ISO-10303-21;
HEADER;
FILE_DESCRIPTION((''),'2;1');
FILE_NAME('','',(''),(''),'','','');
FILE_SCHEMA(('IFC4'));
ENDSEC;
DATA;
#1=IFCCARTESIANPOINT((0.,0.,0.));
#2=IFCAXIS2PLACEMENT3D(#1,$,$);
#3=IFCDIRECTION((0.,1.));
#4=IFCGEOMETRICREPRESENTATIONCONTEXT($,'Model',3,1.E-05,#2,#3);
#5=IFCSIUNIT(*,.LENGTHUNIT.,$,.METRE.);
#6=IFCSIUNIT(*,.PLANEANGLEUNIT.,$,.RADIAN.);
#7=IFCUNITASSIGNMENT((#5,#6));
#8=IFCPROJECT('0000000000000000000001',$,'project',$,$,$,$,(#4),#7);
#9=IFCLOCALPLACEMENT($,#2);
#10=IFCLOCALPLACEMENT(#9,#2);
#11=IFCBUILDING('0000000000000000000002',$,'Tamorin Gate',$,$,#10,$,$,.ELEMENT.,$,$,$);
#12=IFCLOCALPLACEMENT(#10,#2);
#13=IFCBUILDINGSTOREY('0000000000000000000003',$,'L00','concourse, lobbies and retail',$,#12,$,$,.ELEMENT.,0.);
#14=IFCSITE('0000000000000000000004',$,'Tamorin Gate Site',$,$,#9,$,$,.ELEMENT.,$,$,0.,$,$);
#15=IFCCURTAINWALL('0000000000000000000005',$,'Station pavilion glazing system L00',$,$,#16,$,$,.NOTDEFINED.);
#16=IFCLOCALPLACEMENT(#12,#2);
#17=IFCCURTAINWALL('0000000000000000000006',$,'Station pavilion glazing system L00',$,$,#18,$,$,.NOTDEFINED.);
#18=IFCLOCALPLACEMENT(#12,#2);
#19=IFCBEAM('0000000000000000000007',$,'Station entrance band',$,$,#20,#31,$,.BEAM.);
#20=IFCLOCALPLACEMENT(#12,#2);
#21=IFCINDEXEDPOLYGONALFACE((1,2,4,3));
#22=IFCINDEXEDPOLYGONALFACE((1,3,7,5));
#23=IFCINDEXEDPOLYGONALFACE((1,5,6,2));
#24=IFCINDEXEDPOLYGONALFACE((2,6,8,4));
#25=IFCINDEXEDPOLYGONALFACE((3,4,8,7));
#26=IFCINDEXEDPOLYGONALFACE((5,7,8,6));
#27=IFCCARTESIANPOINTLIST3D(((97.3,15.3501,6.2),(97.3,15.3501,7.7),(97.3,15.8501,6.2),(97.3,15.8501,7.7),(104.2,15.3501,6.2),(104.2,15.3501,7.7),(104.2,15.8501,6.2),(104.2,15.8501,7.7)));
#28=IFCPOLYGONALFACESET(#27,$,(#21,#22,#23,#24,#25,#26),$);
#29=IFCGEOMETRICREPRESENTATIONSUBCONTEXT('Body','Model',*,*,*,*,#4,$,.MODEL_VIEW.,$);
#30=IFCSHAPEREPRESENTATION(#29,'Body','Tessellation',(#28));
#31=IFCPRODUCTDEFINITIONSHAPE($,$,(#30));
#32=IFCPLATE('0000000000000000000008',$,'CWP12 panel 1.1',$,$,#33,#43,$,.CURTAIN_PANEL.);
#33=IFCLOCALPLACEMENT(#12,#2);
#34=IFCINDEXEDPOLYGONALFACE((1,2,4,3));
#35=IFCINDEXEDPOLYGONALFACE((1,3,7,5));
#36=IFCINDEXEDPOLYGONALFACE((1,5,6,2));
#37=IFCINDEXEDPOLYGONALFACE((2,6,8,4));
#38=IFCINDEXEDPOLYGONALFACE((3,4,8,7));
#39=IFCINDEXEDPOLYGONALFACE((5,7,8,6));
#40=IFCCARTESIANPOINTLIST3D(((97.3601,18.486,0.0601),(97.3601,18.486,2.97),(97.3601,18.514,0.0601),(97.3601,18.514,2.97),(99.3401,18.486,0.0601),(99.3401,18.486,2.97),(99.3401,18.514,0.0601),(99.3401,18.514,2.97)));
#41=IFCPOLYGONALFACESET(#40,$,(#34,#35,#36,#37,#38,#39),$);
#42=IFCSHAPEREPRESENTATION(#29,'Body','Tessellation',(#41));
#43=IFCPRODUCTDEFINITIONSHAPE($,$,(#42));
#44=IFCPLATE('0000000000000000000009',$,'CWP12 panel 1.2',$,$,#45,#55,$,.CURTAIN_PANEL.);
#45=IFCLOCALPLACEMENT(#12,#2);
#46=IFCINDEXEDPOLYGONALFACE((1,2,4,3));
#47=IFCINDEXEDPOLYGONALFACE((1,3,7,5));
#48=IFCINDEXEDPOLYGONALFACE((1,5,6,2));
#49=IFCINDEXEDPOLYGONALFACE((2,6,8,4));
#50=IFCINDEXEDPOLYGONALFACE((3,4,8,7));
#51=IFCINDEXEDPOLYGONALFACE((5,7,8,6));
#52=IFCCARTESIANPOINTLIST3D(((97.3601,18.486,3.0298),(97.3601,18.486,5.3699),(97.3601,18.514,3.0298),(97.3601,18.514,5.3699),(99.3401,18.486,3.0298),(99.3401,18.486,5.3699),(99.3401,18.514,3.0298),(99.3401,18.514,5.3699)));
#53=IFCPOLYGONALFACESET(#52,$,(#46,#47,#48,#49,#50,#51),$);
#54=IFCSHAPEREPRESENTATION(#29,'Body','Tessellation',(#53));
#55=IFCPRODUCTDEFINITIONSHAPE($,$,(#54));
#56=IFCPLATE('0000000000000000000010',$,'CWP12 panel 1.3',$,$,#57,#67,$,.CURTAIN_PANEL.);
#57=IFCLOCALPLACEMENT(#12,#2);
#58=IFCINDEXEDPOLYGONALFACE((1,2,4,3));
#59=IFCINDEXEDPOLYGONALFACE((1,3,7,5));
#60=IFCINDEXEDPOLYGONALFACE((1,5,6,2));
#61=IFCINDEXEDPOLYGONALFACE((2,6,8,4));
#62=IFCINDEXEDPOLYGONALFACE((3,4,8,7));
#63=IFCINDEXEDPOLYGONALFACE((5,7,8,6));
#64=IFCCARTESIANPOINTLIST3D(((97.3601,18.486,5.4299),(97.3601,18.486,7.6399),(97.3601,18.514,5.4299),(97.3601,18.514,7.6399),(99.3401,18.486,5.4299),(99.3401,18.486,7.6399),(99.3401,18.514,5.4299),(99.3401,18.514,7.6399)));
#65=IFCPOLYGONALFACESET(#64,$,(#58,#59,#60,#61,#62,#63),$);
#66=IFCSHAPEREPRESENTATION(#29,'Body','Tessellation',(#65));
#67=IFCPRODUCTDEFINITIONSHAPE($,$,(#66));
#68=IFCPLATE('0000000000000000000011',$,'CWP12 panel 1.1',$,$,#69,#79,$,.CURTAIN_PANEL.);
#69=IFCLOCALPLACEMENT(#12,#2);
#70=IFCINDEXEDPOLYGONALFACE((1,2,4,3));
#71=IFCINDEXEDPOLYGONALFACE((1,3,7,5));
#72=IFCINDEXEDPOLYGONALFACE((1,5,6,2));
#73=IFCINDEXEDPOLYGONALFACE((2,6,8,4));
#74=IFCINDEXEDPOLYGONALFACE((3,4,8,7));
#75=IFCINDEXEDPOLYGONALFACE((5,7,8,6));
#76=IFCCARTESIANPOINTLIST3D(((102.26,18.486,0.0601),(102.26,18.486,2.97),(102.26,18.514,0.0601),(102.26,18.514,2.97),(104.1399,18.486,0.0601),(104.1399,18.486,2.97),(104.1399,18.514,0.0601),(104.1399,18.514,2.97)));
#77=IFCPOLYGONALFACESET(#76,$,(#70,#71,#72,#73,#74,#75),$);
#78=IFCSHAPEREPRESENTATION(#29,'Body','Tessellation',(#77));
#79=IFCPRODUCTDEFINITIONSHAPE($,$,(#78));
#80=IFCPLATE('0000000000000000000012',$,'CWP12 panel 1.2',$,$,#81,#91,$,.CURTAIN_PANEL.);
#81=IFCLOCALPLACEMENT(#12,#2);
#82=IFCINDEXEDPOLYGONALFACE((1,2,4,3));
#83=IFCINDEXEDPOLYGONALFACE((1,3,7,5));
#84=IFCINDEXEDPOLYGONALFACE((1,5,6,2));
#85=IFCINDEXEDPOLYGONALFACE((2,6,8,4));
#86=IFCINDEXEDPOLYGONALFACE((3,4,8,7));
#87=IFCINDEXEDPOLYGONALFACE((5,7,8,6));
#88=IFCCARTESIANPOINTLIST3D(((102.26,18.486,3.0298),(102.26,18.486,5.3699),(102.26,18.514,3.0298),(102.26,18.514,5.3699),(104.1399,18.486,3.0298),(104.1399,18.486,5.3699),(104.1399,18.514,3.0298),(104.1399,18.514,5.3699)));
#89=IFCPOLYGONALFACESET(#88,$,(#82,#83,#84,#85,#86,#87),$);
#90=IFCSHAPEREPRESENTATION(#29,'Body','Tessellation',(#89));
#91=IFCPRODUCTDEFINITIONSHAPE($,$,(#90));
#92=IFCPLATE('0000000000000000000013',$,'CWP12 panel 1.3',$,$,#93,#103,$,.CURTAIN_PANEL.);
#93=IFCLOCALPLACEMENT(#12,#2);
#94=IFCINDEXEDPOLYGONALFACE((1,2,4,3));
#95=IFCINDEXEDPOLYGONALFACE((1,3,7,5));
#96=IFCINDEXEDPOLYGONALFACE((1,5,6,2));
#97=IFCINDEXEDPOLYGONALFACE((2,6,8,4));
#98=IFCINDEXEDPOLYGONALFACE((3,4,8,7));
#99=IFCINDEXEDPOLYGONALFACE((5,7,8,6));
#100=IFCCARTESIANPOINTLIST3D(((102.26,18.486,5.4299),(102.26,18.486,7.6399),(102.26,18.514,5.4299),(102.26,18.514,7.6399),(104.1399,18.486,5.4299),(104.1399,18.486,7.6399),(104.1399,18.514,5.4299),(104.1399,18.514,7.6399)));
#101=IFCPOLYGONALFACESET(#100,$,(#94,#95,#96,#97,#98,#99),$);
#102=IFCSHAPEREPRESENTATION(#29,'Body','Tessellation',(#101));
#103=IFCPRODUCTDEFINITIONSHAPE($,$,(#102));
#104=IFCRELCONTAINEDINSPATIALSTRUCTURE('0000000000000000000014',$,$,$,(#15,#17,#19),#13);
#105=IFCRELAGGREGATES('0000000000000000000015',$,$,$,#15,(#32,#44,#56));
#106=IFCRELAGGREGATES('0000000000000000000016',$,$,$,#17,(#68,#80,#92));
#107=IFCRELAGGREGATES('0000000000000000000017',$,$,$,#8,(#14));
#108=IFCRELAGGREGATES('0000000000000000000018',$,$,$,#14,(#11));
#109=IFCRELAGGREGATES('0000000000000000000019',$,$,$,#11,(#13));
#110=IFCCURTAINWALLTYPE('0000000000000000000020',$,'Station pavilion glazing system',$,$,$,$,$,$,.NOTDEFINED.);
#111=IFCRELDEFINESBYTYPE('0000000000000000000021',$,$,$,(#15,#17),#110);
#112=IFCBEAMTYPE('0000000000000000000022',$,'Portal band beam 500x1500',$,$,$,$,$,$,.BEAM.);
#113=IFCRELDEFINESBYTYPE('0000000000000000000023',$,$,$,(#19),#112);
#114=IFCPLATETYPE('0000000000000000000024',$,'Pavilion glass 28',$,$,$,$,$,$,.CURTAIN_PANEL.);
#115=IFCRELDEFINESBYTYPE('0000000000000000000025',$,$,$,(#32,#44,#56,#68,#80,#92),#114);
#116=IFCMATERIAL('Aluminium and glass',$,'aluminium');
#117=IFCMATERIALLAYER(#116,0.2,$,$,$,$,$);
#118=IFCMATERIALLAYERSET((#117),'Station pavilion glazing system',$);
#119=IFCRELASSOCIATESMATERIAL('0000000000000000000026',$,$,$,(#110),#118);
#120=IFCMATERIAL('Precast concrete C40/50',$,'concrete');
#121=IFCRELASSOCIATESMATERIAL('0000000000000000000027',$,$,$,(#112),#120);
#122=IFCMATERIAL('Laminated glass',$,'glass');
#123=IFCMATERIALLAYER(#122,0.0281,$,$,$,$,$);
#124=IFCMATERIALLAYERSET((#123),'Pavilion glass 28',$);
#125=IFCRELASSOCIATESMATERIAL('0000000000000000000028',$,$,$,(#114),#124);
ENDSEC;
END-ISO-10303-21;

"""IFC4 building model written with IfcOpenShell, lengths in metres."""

from ifc_helpers import new_model, si_unit, direction, frame, origin, origin_2d, place, context, subcontext, project, spatial, rectangle, extrude, material, layer, layer_set, material_profile, profile_set, type_object, element, aggregate, save


model = new_model("IFC4")

# Units and contexts
model_context = context("Model", 3, precision=1e-05, world=origin(), true_north=direction((0.0, 1.0)))
body_context = subcontext(model_context, "Body", "Model", "MODEL_VIEW")
ifc_project = project(units=[si_unit("LENGTHUNIT", "METRE"), si_unit("PLANEANGLEUNIT", "RADIAN")], contexts=[model_context])

# Site, building, storey
site_placement = place(None, origin())
site = spatial("IfcSite", under=ifc_project, at=site_placement, Name="Tamorin Gate Site", CompositionType="ELEMENT", RefElevation=0.0)
building_placement = place(site_placement, origin())
building = spatial("IfcBuilding", under=site, at=building_placement, Name="Tamorin Gate", CompositionType="ELEMENT")
storey_placement = place(building_placement, origin())
storey = spatial("IfcBuildingStorey", under=building, at=storey_placement, Name="L00", Description="concourse, lobbies and retail", CompositionType="ELEMENT", Elevation=0.0)

# Curtain wall
ifc_material_1 = material(Name="Aluminium and glass", Category="aluminium")
ifc_layer_1 = layer(ifc_material_1, 0.2)
ifc_layer_set_1 = layer_set([ifc_layer_1], Name="Station pavilion glazing system")
curtain_wall_type = type_object("IfcCurtainWallType", Name="Station pavilion glazing system", PredefinedType="NOTDEFINED", material=ifc_layer_set_1)
curtain_wall_1_placement = place(storey_placement, origin())
curtain_wall_1 = element("IfcCurtainWall", 1, at=curtain_wall_1_placement, inside=storey, type_object=curtain_wall_type, Name="Station pavilion glazing system L00", PredefinedType="NOTDEFINED")

# Curtain wall
curtain_wall_2_placement = place(storey_placement, origin())
curtain_wall_2 = element("IfcCurtainWall", 2, at=curtain_wall_2_placement, inside=storey, type_object=curtain_wall_type, Name="Station pavilion glazing system L00", PredefinedType="NOTDEFINED")

# Beam
ifc_material_2 = material(Name="Precast concrete C40/50", Category="concrete")
ifc_material_profile_1 = material_profile(ifc_material_2, rectangle(XDim=0.5, YDim=1.5, at=origin_2d()), Name="RC 500x1500")
ifc_profile_set_1 = profile_set([ifc_material_profile_1], Name="Precast concrete C40/50")
beam_type = type_object("IfcBeamType", Name="Portal band beam 500x1500", PredefinedType="BEAM", material=ifc_profile_set_1)
beam_placement = place(storey_placement, frame((97.3, 15.6001, 6.95), z_axis=(1.0, 0.0, 0.0), x_axis=(0.0, 1.0, 0.0)))
element("IfcBeam", 3, at=beam_placement, inside=storey, type_object=beam_type, Name="Station entrance band", PredefinedType="BEAM", context=body_context, shape_type="SweptSolid", body=[
    extrude(rectangle(XDim=0.5, YDim=1.5, at=origin_2d()), origin(), (0.0, 0.0, 1.0), 6.8999),
])

# Plates
ifc_material_3 = material(Name="Laminated glass", Category="glass")
ifc_layer_2 = layer(ifc_material_3, 0.0281)
ifc_layer_set_2 = layer_set([ifc_layer_2], Name="Pavilion glass 28")
plate_type = type_object("IfcPlateType", Name="Pavilion glass 28", PredefinedType="CURTAIN_PANEL", material=ifc_layer_set_2)
plate_1_placement = place(storey_placement, frame((98.3501, 18.5, 0.0601), z_axis=(0.0, 0.0, 1.0), x_axis=(1.0, 0.0, 0.0)))
plate_1 = element("IfcPlate", 4, at=plate_1_placement, type_object=plate_type, Name="CWP12 panel 1.1", PredefinedType="CURTAIN_PANEL", context=body_context, shape_type="SweptSolid", body=[
    extrude(rectangle(XDim=1.98, YDim=0.0281, at=origin_2d()), origin(), (0.0, 0.0, 1.0), 2.9099),
])
plate_2_placement = place(storey_placement, frame((98.3501, 18.5, 3.0298), z_axis=(0.0, 0.0, 1.0), x_axis=(1.0, 0.0, 0.0)))
plate_2 = element("IfcPlate", 5, at=plate_2_placement, type_object=plate_type, Name="CWP12 panel 1.2", PredefinedType="CURTAIN_PANEL", context=body_context, shape_type="SweptSolid", body=[
    extrude(rectangle(XDim=1.98, YDim=0.0281, at=origin_2d()), origin(), (0.0, 0.0, 1.0), 2.3401),
])
plate_3_placement = place(storey_placement, frame((98.3501, 18.5, 5.4299), z_axis=(0.0, 0.0, 1.0), x_axis=(1.0, 0.0, 0.0)))
plate_3 = element("IfcPlate", 6, at=plate_3_placement, type_object=plate_type, Name="CWP12 panel 1.3", PredefinedType="CURTAIN_PANEL", context=body_context, shape_type="SweptSolid", body=[
    extrude(rectangle(XDim=1.98, YDim=0.0281, at=origin_2d()), origin(), (0.0, 0.0, 1.0), 2.21),
])
aggregate(curtain_wall_1, [plate_1, plate_2, plate_3])
plate_4_placement = place(storey_placement, frame((103.2, 18.5, 0.0601), z_axis=(0.0, 0.0, 1.0), x_axis=(1.0, 0.0, 0.0)))
plate_4 = element("IfcPlate", 7, at=plate_4_placement, type_object=plate_type, Name="CWP12 panel 1.1", PredefinedType="CURTAIN_PANEL", context=body_context, shape_type="SweptSolid", body=[
    extrude(rectangle(XDim=1.8799, YDim=0.0281, at=origin_2d()), origin(), (0.0, 0.0, 1.0), 2.9099),
])
plate_5_placement = place(storey_placement, frame((103.2, 18.5, 3.0298), z_axis=(0.0, 0.0, 1.0), x_axis=(1.0, 0.0, 0.0)))
plate_5 = element("IfcPlate", 8, at=plate_5_placement, type_object=plate_type, Name="CWP12 panel 1.2", PredefinedType="CURTAIN_PANEL", context=body_context, shape_type="SweptSolid", body=[
    extrude(rectangle(XDim=1.8799, YDim=0.0281, at=origin_2d()), origin(), (0.0, 0.0, 1.0), 2.3401),
])
plate_6_placement = place(storey_placement, frame((103.2, 18.5, 5.4299), z_axis=(0.0, 0.0, 1.0), x_axis=(1.0, 0.0, 0.0)))
plate_6 = element("IfcPlate", 9, at=plate_6_placement, type_object=plate_type, Name="CWP12 panel 1.3", PredefinedType="CURTAIN_PANEL", context=body_context, shape_type="SweptSolid", body=[
    extrude(rectangle(XDim=1.8799, YDim=0.0281, at=origin_2d()), origin(), (0.0, 0.0, 1.0), 2.21),
])
aggregate(curtain_wall_2, [plate_4, plate_5, plate_6])

save(model, "model.ifc")
